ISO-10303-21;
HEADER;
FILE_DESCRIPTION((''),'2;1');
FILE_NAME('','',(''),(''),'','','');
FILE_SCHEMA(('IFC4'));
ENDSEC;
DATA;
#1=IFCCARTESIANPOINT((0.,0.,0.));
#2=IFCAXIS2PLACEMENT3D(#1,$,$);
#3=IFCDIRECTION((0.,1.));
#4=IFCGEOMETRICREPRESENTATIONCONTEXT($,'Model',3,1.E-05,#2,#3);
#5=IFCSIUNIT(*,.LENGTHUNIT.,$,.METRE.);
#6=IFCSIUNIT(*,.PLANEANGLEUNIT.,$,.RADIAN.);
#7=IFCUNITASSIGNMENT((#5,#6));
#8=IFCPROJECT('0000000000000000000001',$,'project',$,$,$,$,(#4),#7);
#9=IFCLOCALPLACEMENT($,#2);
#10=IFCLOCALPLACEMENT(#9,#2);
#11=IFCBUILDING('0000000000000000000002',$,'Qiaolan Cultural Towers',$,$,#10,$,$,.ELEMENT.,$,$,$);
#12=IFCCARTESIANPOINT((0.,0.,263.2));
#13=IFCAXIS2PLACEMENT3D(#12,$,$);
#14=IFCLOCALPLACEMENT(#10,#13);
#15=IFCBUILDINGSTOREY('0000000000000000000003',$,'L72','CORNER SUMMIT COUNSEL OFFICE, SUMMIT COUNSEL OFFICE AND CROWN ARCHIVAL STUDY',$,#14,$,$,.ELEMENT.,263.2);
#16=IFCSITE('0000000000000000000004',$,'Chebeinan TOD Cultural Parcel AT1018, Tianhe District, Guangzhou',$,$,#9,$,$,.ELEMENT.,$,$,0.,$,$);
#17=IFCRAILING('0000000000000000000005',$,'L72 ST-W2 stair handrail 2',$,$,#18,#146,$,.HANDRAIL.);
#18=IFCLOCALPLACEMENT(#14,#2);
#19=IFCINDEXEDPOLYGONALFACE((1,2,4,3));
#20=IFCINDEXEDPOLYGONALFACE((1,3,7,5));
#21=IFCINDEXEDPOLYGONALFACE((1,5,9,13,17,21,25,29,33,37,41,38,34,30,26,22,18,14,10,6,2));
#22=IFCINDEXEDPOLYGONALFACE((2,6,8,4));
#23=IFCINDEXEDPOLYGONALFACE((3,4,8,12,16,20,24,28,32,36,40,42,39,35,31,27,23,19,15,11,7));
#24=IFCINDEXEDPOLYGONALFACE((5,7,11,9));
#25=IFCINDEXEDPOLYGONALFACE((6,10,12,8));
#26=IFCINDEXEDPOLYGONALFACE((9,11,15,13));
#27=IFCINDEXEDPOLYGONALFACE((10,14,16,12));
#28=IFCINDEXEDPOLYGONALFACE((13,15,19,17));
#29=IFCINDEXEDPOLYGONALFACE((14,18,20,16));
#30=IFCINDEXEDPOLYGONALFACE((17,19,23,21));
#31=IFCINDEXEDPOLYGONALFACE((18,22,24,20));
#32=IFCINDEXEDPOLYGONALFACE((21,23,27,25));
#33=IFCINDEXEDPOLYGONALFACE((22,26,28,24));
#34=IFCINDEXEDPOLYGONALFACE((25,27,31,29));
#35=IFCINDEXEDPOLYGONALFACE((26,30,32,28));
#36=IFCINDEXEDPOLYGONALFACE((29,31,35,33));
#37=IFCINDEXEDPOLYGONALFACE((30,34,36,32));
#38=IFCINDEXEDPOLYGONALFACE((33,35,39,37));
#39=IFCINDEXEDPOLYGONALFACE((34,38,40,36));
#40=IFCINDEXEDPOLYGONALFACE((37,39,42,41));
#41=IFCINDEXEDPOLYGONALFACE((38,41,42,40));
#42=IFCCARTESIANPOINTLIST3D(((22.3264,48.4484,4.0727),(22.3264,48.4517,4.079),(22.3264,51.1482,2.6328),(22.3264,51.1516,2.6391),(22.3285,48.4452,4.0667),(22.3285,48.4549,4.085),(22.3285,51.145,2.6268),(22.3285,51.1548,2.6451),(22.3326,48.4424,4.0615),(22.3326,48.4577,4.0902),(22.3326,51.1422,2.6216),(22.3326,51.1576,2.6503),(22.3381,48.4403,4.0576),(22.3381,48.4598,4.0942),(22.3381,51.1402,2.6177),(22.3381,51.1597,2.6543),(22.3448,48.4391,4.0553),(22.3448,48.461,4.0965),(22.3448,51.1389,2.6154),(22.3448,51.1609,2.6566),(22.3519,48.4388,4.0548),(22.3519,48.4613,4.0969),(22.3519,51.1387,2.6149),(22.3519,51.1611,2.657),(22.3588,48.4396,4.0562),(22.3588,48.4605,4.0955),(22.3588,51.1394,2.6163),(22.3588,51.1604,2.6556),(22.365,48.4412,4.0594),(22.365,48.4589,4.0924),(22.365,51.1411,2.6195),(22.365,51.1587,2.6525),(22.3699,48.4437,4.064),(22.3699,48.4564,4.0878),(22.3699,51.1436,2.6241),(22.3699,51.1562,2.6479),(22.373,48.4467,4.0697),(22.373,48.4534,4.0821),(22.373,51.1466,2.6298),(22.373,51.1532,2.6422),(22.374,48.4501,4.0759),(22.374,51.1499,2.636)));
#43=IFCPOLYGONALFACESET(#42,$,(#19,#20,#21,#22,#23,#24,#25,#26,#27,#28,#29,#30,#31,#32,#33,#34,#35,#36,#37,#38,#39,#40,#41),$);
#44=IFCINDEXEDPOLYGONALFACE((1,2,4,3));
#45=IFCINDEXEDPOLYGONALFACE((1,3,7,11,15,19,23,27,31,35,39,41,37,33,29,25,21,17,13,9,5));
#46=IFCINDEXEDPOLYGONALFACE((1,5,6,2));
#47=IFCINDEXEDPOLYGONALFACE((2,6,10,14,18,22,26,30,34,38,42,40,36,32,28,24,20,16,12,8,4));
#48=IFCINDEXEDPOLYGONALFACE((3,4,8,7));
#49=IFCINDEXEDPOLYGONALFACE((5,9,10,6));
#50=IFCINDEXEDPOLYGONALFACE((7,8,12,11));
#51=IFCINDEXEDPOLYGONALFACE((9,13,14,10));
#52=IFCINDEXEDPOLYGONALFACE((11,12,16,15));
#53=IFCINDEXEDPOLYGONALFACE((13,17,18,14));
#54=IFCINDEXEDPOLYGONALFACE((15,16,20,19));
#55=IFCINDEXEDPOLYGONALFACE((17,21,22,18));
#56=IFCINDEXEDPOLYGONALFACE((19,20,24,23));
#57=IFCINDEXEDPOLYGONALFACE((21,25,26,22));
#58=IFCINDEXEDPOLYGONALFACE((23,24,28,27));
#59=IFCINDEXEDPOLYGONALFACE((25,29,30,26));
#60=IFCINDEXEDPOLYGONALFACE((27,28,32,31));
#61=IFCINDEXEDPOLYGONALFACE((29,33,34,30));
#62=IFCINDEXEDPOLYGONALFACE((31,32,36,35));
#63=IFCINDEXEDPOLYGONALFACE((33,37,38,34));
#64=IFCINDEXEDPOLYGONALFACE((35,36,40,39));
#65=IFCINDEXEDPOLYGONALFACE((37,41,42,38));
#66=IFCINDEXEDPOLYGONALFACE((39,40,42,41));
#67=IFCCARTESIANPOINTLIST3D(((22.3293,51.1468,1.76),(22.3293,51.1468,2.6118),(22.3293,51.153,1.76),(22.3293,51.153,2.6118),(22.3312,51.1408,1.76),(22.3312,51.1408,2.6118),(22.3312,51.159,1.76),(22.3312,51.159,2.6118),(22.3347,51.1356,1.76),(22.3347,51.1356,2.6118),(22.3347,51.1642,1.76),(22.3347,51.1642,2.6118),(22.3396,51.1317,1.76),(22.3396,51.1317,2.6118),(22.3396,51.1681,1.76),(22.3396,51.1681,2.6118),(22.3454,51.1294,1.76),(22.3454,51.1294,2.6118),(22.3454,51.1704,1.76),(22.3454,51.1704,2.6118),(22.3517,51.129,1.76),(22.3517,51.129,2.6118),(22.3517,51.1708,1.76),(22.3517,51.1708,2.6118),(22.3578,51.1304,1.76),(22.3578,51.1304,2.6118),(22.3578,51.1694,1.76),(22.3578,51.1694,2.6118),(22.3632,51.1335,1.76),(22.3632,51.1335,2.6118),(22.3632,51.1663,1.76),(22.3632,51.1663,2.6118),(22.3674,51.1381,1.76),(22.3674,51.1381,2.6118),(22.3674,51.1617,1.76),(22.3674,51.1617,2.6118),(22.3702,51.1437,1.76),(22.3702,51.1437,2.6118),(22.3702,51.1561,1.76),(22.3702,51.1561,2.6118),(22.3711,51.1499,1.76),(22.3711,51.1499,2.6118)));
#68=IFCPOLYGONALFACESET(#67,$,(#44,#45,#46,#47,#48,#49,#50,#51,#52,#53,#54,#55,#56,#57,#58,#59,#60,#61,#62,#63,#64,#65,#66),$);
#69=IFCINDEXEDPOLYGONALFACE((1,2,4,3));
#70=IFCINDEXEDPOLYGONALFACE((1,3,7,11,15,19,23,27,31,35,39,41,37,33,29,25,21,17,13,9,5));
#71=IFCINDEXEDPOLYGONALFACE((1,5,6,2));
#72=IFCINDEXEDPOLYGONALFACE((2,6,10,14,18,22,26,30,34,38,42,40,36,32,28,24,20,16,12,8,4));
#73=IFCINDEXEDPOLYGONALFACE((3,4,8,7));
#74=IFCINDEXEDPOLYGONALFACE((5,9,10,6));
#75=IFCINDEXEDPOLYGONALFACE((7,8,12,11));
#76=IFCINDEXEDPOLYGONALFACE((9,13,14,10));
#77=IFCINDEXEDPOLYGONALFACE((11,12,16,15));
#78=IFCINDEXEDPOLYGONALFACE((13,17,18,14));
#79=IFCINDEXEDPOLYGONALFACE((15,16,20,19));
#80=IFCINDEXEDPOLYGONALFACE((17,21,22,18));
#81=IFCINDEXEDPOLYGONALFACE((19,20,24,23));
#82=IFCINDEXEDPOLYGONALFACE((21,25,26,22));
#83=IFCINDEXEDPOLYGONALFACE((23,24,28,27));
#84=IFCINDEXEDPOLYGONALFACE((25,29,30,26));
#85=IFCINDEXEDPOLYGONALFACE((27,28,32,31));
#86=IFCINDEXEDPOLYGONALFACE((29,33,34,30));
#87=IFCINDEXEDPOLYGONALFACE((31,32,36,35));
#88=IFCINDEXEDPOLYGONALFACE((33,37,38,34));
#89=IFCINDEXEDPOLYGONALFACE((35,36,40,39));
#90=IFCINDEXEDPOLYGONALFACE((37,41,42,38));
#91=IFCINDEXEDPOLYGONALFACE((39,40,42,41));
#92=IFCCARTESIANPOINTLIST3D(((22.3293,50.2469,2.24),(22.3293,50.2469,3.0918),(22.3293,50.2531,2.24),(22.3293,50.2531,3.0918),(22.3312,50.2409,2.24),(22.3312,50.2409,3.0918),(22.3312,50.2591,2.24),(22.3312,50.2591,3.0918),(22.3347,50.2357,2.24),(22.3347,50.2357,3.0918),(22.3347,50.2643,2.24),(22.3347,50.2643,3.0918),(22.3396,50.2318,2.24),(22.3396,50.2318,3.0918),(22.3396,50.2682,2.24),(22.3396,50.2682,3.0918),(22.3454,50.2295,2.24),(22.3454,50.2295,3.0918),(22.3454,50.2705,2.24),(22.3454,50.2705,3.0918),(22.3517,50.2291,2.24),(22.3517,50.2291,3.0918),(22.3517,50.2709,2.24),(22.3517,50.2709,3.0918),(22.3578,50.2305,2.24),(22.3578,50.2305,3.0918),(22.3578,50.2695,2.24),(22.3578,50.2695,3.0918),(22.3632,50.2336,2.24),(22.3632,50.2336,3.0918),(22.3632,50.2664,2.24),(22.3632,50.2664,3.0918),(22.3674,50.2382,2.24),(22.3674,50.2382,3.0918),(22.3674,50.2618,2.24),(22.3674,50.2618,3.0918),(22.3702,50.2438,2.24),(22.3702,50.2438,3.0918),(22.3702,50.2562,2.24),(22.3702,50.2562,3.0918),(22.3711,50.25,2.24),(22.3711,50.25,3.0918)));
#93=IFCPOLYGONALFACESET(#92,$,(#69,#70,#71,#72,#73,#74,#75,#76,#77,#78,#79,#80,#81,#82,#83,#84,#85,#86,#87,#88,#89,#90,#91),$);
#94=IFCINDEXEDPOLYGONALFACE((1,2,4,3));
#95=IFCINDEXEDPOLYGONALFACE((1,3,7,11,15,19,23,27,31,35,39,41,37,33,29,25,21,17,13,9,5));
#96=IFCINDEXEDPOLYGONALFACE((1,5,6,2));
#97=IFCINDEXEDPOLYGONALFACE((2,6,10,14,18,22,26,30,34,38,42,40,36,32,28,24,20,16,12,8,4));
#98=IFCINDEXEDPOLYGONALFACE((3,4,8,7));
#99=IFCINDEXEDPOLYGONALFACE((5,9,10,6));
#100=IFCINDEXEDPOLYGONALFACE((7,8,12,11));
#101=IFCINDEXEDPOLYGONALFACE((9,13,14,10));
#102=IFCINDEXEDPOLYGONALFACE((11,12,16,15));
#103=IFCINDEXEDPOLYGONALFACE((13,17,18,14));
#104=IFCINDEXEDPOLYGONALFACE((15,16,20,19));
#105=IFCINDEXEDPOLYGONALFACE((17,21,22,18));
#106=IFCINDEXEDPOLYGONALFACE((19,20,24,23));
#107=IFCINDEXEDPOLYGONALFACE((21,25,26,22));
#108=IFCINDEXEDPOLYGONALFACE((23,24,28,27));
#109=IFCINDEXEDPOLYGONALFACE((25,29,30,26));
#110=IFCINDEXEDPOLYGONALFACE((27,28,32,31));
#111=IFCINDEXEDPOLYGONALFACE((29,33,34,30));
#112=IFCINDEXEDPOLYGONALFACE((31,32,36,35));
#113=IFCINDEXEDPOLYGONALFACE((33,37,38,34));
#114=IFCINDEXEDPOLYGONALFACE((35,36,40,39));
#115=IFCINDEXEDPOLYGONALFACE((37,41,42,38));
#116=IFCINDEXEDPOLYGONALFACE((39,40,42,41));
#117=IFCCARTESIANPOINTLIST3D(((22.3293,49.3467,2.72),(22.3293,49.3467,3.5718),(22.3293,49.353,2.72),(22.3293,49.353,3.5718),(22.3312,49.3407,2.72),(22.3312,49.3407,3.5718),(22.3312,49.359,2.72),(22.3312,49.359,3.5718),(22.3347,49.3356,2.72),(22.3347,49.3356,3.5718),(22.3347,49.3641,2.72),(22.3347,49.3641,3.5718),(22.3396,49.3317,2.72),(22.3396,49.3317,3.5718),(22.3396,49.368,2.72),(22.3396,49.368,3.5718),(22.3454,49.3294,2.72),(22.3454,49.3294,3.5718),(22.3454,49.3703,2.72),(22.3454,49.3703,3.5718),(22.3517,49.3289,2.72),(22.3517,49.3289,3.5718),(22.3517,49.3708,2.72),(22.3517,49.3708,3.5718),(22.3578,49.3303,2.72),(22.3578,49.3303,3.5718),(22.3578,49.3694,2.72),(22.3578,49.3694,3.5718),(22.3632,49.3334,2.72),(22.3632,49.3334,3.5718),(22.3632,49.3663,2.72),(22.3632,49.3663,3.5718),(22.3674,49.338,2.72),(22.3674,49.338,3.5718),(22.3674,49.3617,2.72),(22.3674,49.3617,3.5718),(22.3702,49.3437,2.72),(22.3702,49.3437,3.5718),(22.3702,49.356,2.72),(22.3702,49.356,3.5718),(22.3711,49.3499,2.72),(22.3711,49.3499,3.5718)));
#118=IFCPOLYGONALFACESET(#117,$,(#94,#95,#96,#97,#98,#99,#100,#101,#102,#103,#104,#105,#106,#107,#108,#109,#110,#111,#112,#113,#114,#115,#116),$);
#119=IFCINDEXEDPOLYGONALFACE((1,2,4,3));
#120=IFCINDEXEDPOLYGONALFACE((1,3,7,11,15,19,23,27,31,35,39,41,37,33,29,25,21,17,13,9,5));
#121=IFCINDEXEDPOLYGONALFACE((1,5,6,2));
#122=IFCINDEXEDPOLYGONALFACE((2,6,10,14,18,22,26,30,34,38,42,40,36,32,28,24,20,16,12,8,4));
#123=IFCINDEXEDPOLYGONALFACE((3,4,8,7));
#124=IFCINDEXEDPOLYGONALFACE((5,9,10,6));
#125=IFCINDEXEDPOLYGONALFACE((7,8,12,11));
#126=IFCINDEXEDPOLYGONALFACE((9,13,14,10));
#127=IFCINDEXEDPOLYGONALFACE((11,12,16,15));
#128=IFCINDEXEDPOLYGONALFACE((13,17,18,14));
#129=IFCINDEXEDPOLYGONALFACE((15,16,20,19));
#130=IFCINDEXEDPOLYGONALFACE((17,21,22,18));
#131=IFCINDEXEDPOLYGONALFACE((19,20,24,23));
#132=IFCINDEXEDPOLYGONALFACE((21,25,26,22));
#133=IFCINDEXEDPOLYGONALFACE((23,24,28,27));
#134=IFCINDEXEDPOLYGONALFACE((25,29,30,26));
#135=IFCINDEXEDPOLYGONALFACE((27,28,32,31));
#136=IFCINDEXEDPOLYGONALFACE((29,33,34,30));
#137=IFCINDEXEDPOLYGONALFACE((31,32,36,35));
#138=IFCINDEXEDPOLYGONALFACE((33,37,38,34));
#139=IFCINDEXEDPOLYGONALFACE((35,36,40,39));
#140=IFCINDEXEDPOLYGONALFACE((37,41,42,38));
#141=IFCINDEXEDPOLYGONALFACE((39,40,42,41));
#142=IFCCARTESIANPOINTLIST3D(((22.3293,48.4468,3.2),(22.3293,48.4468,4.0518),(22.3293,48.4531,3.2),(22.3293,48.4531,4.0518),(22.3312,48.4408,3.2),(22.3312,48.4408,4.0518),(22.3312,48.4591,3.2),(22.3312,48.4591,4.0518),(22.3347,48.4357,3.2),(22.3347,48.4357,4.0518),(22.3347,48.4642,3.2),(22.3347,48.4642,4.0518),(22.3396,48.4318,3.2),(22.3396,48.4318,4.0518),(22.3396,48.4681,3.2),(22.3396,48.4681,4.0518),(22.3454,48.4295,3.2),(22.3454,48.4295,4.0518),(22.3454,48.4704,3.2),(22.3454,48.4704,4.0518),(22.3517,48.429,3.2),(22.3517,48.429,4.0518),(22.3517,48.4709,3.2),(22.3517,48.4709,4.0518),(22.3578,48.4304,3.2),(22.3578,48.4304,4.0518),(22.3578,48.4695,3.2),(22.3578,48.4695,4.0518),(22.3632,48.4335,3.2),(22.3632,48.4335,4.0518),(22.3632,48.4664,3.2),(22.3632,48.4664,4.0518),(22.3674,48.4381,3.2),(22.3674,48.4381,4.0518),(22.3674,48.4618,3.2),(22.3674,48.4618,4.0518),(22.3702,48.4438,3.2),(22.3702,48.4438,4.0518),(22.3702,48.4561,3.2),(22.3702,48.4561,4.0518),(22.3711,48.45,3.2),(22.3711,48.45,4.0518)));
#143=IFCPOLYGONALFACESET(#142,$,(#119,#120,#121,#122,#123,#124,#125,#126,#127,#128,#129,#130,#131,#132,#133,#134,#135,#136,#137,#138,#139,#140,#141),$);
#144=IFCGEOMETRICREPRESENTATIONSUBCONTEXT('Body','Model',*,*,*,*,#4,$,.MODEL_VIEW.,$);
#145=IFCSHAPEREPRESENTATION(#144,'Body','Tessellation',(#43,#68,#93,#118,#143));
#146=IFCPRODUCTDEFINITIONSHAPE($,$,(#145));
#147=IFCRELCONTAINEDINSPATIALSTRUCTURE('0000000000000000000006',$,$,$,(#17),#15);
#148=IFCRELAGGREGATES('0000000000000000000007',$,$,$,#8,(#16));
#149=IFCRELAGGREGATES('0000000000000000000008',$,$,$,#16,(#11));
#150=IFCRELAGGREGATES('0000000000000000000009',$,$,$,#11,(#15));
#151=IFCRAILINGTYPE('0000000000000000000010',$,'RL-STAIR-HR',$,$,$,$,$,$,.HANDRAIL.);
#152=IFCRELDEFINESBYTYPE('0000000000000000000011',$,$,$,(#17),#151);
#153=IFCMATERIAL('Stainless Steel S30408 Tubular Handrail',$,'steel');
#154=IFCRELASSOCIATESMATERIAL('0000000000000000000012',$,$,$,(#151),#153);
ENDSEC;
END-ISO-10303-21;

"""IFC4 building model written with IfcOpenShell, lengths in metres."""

from ifc_helpers import new_model, si_unit, direction, frame, origin, origin_2d, place, context, subcontext, project, spatial, circle, extrude, material, type_object, element, save


model = new_model("IFC4")

# Units and contexts
model_context = context("Model", 3, precision=1e-05, world=origin(), true_north=direction((0.0, 1.0)))
body_context = subcontext(model_context, "Body", "Model", "MODEL_VIEW")
ifc_project = project(units=[si_unit("LENGTHUNIT", "METRE"), si_unit("PLANEANGLEUNIT", "RADIAN")], contexts=[model_context])

# Site, building, storey
site_placement = place(None, origin())
site = spatial("IfcSite", under=ifc_project, at=site_placement, Name="Chebeinan TOD Cultural Parcel AT1018, Tianhe District, Guangzhou", CompositionType="ELEMENT", RefElevation=0.0)
building_placement = place(site_placement, origin())
building = spatial("IfcBuilding", under=site, at=building_placement, Name="Qiaolan Cultural Towers", CompositionType="ELEMENT")
storey_placement = place(building_placement, frame((0.0, 0.0, 263.2)))
storey = spatial("IfcBuildingStorey", under=building, at=storey_placement, Name="L72", Description="CORNER SUMMIT COUNSEL OFFICE, SUMMIT COUNSEL OFFICE AND CROWN ARCHIVAL STUDY", CompositionType="ELEMENT", Elevation=263.2)

# Railing
ifc_material_1 = material(Name="Stainless Steel S30408 Tubular Handrail", Category="steel")
railing_type_1 = type_object("IfcRailingType", Name="RL-STAIR-HR", PredefinedType="HANDRAIL", material=ifc_material_1)
railing_1_placement = place(storey_placement, frame((22.3501, 51.1499, 1.76)))
element("IfcRailing", 1, at=railing_1_placement, inside=storey, type_object=railing_type_1, Name="L72 ST-W2 stair handrail 2", PredefinedType="HANDRAIL", context=body_context, shape_type="SweptSolid", body=[
    extrude(circle(Radius=0.0239, at=origin_2d()), frame((0.0, 0.0, 0.876), z_axis=(0.0, -0.882357, 0.47058), x_axis=(1.0, 0.0, 0.0)), (0.0, 0.0, 1.0), 3.0598),
    extrude(circle(Radius=0.021, at=origin_2d()), origin(), (0.0, 0.0, 1.0), 0.8518),
    extrude(circle(Radius=0.021, at=origin_2d()), frame((0.0, -0.8999, 0.48)), (0.0, 0.0, 1.0), 0.8518),
    extrude(circle(Radius=0.021, at=origin_2d()), frame((0.0, -1.8, 0.96)), (0.0, 0.0, 1.0), 0.8518),
    extrude(circle(Radius=0.021, at=origin_2d()), frame((0.0, -2.7, 1.4399)), (0.0, 0.0, 1.0), 0.8518),
])

save(model, "model.ifc")
